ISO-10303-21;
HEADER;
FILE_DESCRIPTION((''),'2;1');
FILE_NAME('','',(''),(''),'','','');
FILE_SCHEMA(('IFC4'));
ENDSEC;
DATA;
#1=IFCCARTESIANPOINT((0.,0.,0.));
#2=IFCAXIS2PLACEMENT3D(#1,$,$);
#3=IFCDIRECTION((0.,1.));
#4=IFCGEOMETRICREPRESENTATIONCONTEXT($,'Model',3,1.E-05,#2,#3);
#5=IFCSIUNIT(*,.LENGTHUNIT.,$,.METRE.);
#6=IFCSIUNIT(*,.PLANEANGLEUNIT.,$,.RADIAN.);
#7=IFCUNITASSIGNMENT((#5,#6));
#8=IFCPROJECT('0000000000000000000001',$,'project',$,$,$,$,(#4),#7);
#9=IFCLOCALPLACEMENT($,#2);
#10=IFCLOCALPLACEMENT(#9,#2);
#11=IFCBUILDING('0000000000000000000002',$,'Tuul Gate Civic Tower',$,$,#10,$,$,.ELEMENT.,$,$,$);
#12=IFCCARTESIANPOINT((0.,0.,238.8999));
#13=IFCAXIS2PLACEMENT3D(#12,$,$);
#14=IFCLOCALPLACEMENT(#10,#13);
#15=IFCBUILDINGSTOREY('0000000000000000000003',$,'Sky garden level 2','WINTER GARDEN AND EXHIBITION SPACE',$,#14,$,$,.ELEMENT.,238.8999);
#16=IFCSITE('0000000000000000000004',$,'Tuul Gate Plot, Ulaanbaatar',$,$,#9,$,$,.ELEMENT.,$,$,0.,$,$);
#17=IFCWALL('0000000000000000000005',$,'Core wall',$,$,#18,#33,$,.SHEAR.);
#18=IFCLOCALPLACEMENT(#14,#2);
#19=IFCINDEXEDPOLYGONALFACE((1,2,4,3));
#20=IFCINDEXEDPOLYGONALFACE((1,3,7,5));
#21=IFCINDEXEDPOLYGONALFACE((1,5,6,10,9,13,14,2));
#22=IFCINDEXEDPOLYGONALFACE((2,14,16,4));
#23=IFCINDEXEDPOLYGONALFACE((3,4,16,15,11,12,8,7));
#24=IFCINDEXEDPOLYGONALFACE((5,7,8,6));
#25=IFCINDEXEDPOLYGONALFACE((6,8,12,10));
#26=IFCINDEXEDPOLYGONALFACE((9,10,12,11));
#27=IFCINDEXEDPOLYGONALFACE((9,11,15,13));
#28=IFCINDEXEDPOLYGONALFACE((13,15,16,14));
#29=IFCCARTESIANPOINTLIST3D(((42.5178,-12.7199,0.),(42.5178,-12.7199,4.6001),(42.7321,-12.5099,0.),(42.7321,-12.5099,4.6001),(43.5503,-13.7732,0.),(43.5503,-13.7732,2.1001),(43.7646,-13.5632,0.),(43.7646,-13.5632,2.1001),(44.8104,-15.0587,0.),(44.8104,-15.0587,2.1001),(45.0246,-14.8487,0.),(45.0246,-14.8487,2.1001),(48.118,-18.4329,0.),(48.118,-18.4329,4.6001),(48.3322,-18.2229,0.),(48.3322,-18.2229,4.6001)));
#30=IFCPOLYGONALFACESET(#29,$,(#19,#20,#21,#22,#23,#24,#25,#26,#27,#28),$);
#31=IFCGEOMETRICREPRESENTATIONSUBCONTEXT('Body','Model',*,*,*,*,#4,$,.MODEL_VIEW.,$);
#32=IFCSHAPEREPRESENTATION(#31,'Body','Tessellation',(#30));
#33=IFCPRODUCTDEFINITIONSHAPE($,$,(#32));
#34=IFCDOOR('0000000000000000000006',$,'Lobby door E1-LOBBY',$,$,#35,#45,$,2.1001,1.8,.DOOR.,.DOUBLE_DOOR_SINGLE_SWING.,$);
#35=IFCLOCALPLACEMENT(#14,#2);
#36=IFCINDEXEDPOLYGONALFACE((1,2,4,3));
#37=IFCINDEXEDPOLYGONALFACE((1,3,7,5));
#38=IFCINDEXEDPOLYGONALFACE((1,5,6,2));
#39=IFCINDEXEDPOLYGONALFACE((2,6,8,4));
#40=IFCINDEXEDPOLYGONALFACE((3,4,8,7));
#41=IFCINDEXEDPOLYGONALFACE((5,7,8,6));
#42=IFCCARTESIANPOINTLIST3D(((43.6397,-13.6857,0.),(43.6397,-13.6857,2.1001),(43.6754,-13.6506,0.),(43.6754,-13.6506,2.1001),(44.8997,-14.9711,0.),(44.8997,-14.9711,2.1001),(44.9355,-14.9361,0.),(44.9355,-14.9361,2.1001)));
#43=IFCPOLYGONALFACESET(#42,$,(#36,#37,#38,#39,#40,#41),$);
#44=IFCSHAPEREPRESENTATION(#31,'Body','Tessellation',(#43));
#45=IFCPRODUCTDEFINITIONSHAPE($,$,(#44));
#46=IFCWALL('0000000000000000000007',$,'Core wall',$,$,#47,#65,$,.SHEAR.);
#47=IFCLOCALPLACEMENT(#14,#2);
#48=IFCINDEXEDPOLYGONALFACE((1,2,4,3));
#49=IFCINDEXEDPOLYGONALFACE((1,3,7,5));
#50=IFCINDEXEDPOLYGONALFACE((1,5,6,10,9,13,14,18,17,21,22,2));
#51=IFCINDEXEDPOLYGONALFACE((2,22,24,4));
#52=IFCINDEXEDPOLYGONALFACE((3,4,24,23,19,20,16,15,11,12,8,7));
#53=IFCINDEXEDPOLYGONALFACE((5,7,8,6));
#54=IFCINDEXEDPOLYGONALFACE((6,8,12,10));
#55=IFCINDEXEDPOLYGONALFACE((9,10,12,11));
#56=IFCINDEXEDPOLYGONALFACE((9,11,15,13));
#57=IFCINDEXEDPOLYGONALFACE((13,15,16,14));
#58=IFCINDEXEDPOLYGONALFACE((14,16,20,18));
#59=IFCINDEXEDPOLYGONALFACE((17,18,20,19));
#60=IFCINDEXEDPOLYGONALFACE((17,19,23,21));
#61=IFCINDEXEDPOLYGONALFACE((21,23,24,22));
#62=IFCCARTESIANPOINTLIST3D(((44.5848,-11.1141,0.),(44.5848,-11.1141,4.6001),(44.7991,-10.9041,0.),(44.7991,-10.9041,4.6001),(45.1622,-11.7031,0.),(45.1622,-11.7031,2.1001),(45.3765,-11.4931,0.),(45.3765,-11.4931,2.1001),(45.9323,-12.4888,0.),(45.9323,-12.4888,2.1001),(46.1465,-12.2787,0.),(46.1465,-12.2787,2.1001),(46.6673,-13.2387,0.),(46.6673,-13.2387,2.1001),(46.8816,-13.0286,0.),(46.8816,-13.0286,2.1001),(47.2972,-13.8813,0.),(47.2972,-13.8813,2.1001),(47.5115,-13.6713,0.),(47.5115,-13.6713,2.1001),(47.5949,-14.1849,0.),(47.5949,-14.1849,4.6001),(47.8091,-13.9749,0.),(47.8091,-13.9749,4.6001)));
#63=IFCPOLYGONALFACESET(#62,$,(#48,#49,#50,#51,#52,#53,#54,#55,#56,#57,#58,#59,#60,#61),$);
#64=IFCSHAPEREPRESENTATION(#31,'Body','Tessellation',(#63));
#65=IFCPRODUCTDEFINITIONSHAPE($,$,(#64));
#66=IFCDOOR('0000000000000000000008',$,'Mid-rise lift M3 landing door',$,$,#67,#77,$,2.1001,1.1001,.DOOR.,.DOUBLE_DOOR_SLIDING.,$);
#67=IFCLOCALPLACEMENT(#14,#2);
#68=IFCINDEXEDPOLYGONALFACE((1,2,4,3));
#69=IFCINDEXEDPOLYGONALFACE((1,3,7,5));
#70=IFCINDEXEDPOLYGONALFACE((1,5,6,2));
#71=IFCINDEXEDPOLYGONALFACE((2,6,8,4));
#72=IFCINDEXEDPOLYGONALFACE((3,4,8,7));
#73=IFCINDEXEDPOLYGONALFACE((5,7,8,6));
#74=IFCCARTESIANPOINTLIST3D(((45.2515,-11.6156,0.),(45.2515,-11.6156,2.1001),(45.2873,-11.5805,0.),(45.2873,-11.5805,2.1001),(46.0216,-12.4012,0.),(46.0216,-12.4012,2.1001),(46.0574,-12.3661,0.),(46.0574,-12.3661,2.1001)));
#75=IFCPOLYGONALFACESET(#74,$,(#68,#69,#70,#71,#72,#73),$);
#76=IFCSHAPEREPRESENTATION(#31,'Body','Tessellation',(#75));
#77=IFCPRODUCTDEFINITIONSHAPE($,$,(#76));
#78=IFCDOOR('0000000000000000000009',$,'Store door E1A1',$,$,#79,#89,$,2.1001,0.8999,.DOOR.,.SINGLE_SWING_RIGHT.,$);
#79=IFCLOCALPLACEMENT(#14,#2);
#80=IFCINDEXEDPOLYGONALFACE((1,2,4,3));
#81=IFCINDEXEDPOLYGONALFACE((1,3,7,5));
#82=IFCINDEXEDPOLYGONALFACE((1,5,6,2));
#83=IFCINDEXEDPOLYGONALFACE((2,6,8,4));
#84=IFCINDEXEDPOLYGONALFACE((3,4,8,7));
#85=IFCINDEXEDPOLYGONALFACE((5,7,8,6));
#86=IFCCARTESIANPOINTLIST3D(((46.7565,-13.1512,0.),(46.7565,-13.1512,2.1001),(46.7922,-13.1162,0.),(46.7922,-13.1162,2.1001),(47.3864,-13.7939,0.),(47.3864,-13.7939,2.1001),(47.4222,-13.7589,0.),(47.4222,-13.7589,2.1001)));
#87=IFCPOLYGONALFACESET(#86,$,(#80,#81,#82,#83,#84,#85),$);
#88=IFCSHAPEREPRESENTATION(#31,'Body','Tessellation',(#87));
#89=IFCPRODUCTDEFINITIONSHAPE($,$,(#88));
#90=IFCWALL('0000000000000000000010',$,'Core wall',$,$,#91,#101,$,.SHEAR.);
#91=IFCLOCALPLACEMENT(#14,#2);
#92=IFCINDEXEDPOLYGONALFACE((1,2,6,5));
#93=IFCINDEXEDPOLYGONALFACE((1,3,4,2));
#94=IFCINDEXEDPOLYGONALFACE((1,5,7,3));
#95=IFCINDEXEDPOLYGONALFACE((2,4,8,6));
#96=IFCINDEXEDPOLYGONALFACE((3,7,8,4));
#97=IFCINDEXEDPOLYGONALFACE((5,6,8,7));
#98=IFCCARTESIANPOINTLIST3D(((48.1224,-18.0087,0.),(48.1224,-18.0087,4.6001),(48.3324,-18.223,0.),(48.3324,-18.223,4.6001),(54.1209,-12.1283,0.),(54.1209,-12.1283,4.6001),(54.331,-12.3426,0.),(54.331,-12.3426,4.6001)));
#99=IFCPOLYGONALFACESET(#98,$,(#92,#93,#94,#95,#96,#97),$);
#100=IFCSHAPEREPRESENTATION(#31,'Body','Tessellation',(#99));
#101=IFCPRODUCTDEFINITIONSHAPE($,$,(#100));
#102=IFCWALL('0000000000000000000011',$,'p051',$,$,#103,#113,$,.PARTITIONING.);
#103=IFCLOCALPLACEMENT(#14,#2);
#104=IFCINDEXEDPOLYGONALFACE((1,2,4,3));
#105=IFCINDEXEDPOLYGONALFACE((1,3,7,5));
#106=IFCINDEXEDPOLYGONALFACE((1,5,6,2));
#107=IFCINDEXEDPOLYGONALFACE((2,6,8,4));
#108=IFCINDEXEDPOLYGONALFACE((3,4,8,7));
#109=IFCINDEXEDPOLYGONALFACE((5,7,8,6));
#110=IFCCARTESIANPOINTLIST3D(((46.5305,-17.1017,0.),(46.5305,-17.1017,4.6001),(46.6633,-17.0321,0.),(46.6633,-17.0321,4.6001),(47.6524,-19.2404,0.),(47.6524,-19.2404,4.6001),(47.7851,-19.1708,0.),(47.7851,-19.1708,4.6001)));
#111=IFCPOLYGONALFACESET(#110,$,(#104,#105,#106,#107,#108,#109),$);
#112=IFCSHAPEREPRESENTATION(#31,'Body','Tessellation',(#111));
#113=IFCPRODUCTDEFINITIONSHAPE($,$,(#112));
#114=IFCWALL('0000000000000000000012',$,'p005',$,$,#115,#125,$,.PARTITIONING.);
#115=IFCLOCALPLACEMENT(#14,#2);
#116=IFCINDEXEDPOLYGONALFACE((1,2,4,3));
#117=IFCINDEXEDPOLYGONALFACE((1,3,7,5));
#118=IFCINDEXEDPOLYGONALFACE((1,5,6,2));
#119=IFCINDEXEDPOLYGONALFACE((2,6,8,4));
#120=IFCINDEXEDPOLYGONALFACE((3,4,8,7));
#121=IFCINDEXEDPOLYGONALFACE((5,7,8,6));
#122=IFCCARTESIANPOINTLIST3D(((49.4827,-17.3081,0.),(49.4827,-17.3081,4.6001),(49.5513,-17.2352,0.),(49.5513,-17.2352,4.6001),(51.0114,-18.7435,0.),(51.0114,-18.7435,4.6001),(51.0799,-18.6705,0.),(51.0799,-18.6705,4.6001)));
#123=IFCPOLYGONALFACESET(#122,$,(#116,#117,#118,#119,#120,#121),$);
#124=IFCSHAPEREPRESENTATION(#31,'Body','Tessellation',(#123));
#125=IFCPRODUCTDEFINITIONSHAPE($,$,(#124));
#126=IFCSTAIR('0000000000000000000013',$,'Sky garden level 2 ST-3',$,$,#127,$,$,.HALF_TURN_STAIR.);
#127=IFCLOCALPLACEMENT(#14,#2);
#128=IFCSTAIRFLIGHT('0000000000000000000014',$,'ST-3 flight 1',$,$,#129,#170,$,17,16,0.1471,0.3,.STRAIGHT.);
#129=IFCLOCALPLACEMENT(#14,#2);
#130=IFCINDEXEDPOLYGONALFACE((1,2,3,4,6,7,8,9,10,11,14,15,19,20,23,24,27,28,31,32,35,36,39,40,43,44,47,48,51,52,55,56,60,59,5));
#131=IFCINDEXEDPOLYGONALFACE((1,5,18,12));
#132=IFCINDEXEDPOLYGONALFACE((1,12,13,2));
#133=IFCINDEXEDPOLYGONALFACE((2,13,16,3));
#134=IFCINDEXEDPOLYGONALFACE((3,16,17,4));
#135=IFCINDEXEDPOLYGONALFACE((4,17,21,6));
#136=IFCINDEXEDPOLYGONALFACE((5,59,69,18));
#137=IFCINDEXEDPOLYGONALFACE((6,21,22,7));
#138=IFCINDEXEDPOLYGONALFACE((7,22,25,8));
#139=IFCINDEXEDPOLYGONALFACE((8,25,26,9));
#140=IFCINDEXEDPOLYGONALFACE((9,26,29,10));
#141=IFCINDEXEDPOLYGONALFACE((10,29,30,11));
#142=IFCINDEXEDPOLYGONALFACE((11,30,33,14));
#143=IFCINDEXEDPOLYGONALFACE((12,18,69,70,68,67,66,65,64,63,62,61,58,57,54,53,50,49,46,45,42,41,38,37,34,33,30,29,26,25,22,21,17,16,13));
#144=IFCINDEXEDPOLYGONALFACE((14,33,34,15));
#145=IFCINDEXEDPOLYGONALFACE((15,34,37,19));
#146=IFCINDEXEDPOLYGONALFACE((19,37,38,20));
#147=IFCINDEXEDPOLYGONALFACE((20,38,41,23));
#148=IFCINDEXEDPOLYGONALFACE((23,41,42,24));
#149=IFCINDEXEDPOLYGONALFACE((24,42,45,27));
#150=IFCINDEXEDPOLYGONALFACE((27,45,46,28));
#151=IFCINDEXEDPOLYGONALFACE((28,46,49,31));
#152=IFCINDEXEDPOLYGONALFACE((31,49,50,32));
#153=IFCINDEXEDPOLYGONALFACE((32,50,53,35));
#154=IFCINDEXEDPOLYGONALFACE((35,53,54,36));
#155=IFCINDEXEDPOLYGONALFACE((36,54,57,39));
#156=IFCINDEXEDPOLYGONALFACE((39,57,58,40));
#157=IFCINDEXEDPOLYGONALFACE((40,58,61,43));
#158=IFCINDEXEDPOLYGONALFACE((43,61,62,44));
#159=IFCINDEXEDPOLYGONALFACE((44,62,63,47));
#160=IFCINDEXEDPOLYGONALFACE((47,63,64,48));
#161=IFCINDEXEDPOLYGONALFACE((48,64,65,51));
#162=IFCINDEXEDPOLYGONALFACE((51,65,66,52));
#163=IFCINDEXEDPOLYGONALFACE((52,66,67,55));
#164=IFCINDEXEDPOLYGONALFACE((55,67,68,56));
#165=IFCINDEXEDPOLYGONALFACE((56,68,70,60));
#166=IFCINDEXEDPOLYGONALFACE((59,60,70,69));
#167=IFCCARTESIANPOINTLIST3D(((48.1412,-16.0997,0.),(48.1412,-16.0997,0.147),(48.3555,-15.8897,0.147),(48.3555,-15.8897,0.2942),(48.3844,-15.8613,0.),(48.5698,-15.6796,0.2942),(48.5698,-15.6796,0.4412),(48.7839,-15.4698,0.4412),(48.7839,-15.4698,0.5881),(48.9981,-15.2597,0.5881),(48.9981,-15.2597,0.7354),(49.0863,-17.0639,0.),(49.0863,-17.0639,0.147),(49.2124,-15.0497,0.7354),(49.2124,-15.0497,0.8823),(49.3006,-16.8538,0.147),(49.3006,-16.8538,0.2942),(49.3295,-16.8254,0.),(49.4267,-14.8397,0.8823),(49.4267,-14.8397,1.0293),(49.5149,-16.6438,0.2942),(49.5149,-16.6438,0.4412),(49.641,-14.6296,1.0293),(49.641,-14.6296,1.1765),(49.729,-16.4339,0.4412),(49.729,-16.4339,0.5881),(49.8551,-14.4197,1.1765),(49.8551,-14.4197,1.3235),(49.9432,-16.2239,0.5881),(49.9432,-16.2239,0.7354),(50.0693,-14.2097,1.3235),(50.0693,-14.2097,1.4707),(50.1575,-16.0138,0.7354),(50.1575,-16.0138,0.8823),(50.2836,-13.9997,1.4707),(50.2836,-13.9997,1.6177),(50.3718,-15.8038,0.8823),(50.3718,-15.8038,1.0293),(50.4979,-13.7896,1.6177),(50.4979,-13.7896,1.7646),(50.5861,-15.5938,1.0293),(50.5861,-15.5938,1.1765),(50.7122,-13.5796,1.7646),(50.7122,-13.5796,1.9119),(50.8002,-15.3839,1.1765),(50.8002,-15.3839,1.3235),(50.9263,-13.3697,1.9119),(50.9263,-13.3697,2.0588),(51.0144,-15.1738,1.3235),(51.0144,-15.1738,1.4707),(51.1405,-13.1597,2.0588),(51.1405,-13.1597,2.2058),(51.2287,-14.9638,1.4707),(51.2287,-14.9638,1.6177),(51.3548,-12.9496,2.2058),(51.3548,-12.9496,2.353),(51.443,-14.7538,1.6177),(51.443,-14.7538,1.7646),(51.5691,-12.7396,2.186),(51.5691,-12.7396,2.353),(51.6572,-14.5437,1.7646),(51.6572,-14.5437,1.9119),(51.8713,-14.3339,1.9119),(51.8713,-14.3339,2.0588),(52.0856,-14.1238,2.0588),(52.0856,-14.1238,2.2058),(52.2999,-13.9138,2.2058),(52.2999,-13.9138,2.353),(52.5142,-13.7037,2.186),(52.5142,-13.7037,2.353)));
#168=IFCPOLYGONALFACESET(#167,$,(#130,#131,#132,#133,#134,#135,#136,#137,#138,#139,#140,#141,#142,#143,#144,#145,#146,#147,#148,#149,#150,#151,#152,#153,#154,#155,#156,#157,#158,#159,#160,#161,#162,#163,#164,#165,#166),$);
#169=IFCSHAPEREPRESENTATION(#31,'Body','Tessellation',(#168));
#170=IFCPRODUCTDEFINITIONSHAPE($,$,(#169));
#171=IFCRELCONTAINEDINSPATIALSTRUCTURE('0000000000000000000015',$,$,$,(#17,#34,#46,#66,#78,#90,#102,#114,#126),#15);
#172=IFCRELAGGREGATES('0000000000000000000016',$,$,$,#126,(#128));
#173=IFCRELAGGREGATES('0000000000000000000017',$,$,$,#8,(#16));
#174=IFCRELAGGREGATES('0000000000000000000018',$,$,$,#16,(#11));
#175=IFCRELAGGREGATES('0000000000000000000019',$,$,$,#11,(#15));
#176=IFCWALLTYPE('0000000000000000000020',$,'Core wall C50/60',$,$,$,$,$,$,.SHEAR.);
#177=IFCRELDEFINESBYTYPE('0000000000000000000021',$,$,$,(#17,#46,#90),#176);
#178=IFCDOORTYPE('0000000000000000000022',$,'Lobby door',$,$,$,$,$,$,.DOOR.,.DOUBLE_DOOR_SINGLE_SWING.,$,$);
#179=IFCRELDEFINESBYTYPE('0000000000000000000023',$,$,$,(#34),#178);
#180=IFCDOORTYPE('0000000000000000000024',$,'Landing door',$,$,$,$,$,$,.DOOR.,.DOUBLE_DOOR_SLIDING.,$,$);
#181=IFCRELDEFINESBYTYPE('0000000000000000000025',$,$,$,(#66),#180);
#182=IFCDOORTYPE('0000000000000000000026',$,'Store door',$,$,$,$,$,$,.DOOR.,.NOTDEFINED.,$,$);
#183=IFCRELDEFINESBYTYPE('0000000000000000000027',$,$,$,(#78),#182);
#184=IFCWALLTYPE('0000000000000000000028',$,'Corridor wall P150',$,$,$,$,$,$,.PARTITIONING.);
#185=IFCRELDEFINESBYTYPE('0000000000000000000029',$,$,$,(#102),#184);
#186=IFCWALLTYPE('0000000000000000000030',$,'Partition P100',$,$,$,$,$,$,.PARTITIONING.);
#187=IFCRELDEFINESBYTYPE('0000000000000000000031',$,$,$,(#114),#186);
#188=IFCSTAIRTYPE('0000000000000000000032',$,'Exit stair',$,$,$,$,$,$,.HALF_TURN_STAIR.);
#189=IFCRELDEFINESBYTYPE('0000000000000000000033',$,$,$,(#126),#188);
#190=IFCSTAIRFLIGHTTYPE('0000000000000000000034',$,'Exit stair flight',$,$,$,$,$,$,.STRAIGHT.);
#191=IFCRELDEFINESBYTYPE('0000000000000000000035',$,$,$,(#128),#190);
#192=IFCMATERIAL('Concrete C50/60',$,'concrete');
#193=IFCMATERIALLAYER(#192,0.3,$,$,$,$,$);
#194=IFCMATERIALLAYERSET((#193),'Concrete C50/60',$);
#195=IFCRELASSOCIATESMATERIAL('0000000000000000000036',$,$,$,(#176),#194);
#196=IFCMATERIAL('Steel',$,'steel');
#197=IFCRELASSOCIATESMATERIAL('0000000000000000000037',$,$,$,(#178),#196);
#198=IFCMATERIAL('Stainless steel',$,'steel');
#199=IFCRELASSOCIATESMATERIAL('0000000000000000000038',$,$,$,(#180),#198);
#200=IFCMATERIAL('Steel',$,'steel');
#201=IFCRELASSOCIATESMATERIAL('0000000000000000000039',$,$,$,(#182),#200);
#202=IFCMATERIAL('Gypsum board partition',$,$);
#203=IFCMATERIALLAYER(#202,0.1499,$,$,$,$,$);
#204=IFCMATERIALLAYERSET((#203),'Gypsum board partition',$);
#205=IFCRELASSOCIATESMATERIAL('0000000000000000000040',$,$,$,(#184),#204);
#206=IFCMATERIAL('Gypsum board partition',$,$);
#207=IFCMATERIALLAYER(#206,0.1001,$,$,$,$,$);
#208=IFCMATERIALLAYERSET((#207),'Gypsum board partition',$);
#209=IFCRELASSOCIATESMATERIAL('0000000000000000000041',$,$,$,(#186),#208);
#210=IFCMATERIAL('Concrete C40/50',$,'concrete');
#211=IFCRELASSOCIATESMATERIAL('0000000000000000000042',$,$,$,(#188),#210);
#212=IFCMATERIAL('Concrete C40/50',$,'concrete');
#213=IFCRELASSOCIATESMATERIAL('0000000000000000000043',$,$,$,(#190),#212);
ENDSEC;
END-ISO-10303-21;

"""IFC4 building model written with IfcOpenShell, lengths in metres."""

from ifc_helpers import new_model, si_unit, direction, frame, frame_2d, origin, place, context, subcontext, project, spatial, polyline, rectangle, outline, extrude, material, layer, layer_set, type_object, element, fill, aggregate, save


model = new_model("IFC4")

# Units and contexts
model_context = context("Model", 3, precision=1e-05, world=origin(), true_north=direction((0.0, 1.0)))
body_context = subcontext(model_context, "Body", "Model", "MODEL_VIEW")
ifc_project = project(units=[si_unit("LENGTHUNIT", "METRE"), si_unit("PLANEANGLEUNIT", "RADIAN")], contexts=[model_context])

# Site, building, storey
site_placement = place(None, origin())
site = spatial("IfcSite", under=ifc_project, at=site_placement, Name="Tuul Gate Plot, Ulaanbaatar", CompositionType="ELEMENT", RefElevation=0.0)
building_placement = place(site_placement, origin())
building = spatial("IfcBuilding", under=site, at=building_placement, Name="Tuul Gate Civic Tower", CompositionType="ELEMENT")
storey_placement = place(building_placement, frame((0.0, 0.0, 238.8999)))
storey = spatial("IfcBuildingStorey", under=building, at=storey_placement, Name="Sky garden level 2", Description="WINTER GARDEN AND EXHIBITION SPACE", CompositionType="ELEMENT", Elevation=238.8999)

# Wall, opening, door
ifc_material_1 = material(Name="Concrete C50/60", Category="concrete")
ifc_layer_1 = layer(ifc_material_1, 0.3)
ifc_layer_set_1 = layer_set([ifc_layer_1], Name="Concrete C50/60")
wall_type_1 = type_object("IfcWallType", Name="Core wall C50/60", PredefinedType="SHEAR", material=ifc_layer_set_1)
wall_1_placement = place(storey_placement, frame((48.2251, -18.3279, 0.0), z_axis=(0.0, 0.0, 1.0), x_axis=(-0.700022, 0.714121, 0.0)))
wall_1 = element("IfcWall", 1, at=wall_1_placement, inside=storey, type_object=wall_type_1, Name="Core wall", PredefinedType="SHEAR", context=body_context, shape_type="SweptSolid", body=[
    extrude(rectangle(XDim=8.0, YDim=0.3, at=frame_2d((4.0, 0.0))), origin(), (0.0, 0.0, 1.0), 4.6001),
])
opening_1_placement = place(wall_1_placement, frame((4.7251, 0.0, 0.0)))
opening_1 = element("IfcOpeningElement", 2, at=opening_1_placement, cuts=wall_1, PredefinedType="OPENING", context=body_context, shape_type="SweptSolid", body=[
    extrude(rectangle(XDim=1.8, YDim=2.1001, at=frame_2d((0.8999, 1.05))), frame((0.0, 0.1602, 0.0), z_axis=(0.0, -1.0, 0.0), x_axis=(1.0, 0.0, 0.0)), (0.0, 0.0, 1.0), 0.3201),
])
ifc_material_2 = material(Name="Steel", Category="steel")
door_type_1 = type_object("IfcDoorType", Name="Lobby door", OperationType="DOUBLE_DOOR_SINGLE_SWING", PredefinedType="DOOR", material=ifc_material_2)
door_1_placement = place(opening_1_placement, origin())
door_1 = element("IfcDoor", 3, at=door_1_placement, inside=storey, type_object=door_type_1, Name="Lobby door E1-LOBBY", OperationType="DOUBLE_DOOR_SINGLE_SWING", OverallHeight=2.1001, OverallWidth=1.8, PredefinedType="DOOR", context=body_context, shape_type="SweptSolid", body=[
    extrude(rectangle(XDim=1.8, YDim=2.1001, at=frame_2d((0.8999, 1.05))), frame((0.0, 0.0249, 0.0), z_axis=(0.0, -1.0, 0.0), x_axis=(1.0, 0.0, 0.0)), (0.0, 0.0, 1.0), 0.05),
])
fill(opening_1, door_1)

# Wall, openings, doors
wall_2_placement = place(storey_placement, frame((47.7019, -14.0798, 0.0), z_axis=(0.0, 0.0, 1.0), x_axis=(-0.700003, 0.71414, 0.0)))
wall_2 = element("IfcWall", 4, at=wall_2_placement, inside=storey, type_object=wall_type_1, Name="Core wall", PredefinedType="SHEAR", context=body_context, shape_type="SweptSolid", body=[
    extrude(rectangle(XDim=4.3, YDim=0.3, at=frame_2d((2.1499, 0.0))), origin(), (0.0, 0.0, 1.0), 4.6001),
])
opening_2_placement = place(wall_2_placement, frame((0.425, 0.0, 0.0)))
opening_2 = element("IfcOpeningElement", 5, at=opening_2_placement, cuts=wall_2, PredefinedType="OPENING", context=body_context, shape_type="SweptSolid", body=[
    extrude(rectangle(XDim=0.8999, YDim=2.1001, at=frame_2d((0.45, 1.05))), frame((0.0, 0.1602, 0.0), z_axis=(0.0, -1.0, 0.0), x_axis=(1.0, 0.0, 0.0)), (0.0, 0.0, 1.0), 0.3201),
])
opening_3_placement = place(wall_2_placement, frame((2.375, 0.0, 0.0)))
opening_3 = element("IfcOpeningElement", 6, at=opening_3_placement, cuts=wall_2, PredefinedType="OPENING", context=body_context, shape_type="SweptSolid", body=[
    extrude(rectangle(XDim=1.1001, YDim=2.1001, at=frame_2d((0.55, 1.05))), frame((0.0, 0.1602, 0.0), z_axis=(0.0, -1.0, 0.0), x_axis=(1.0, 0.0, 0.0)), (0.0, 0.0, 1.0), 0.3201),
])
ifc_material_3 = material(Name="Stainless steel", Category="steel")
door_type_2 = type_object("IfcDoorType", Name="Landing door", OperationType="DOUBLE_DOOR_SLIDING", PredefinedType="DOOR", material=ifc_material_3)
door_2_placement = place(opening_3_placement, origin())
door_2 = element("IfcDoor", 7, at=door_2_placement, inside=storey, type_object=door_type_2, Name="Mid-rise lift M3 landing door", OperationType="DOUBLE_DOOR_SLIDING", OverallHeight=2.1001, OverallWidth=1.1001, PredefinedType="DOOR", context=body_context, shape_type="SweptSolid", body=[
    extrude(rectangle(XDim=1.1001, YDim=2.1001, at=frame_2d((0.55, 1.05))), frame((0.0, 0.0249, 0.0), z_axis=(0.0, -1.0, 0.0), x_axis=(1.0, 0.0, 0.0)), (0.0, 0.0, 1.0), 0.05),
])
fill(opening_3, door_2)
ifc_material_4 = material(Name="Steel", Category="steel")
door_type_3 = type_object("IfcDoorType", Name="Store door", OperationType="NOTDEFINED", PredefinedType="DOOR", material=ifc_material_4)
door_3_placement = place(opening_2_placement, frame((0.8999, 0.0, 0.0), z_axis=(0.0, 0.0, 1.0), x_axis=(-1.0, 0.0, 0.0)))
door_3 = element("IfcDoor", 8, at=door_3_placement, inside=storey, type_object=door_type_3, Name="Store door E1A1", OperationType="SINGLE_SWING_RIGHT", OverallHeight=2.1001, OverallWidth=0.8999, PredefinedType="DOOR", context=body_context, shape_type="SweptSolid", body=[
    extrude(rectangle(XDim=0.8999, YDim=2.1001, at=frame_2d((0.45, 1.05))), frame((0.0, 0.0249, 0.0), z_axis=(0.0, -1.0, 0.0), x_axis=(1.0, 0.0, 0.0)), (0.0, 0.0, 1.0), 0.05),
])
fill(opening_2, door_3)

# Walls
wall_3_placement = place(storey_placement, frame((48.2273, -18.116, 0.0), z_axis=(0.0, 0.0, 1.0), x_axis=(0.714105, 0.700038, 0.0)))
element("IfcWall", 9, at=wall_3_placement, inside=storey, type_object=wall_type_1, Name="Core wall", PredefinedType="SHEAR", context=body_context, shape_type="SweptSolid", body=[
    extrude(rectangle(XDim=8.4001, YDim=0.3, at=frame_2d((4.2002, 0.0))), origin(), (0.0, 0.0, 1.0), 4.6001),
])
ifc_material_5 = material(Name="Gypsum board partition")
ifc_layer_2 = layer(ifc_material_5, 0.1499)
ifc_layer_set_2 = layer_set([ifc_layer_2], Name="Gypsum board partition")
wall_type_2 = type_object("IfcWallType", Name="Corridor wall P150", PredefinedType="PARTITIONING", material=ifc_layer_set_2)
wall_4_placement = place(storey_placement, frame((46.5969, -17.0669, 0.0), z_axis=(0.0, 0.0, 1.0), x_axis=(0.464517, -0.885564, 0.0)))
element("IfcWall", 10, at=wall_4_placement, inside=storey, type_object=wall_type_2, Name="p051", PredefinedType="PARTITIONING", context=body_context, shape_type="SweptSolid", body=[
    extrude(rectangle(XDim=2.415, YDim=0.1499, at=frame_2d((1.2075, 0.0))), origin(), (0.0, 0.0, 1.0), 4.6001),
])
ifc_material_6 = material(Name="Gypsum board partition")
ifc_layer_3 = layer(ifc_material_6, 0.1001)
ifc_layer_set_3 = layer_set([ifc_layer_3], Name="Gypsum board partition")
wall_type_3 = type_object("IfcWallType", Name="Partition P100", PredefinedType="PARTITIONING", material=ifc_layer_set_3)
wall_5_placement = place(storey_placement, frame((49.5171, -17.2717, 0.0), z_axis=(0.0, 0.0, 1.0), x_axis=(0.728996, -0.684518, 0.0)))
element("IfcWall", 11, at=wall_5_placement, inside=storey, type_object=wall_type_3, Name="p005", PredefinedType="PARTITIONING", context=body_context, shape_type="SweptSolid", body=[
    extrude(rectangle(XDim=2.0969, YDim=0.1001, at=frame_2d((1.0483, 0.0))), origin(), (0.0, 0.0, 1.0), 4.6001),
])

# Stair, stair flight
ifc_material_7 = material(Name="Concrete C40/50", Category="concrete")
stair_type = type_object("IfcStairType", Name="Exit stair", PredefinedType="HALF_TURN_STAIR", material=ifc_material_7)
stair_placement = place(storey_placement, origin())
stair = element("IfcStair", 12, at=stair_placement, inside=storey, type_object=stair_type, Name="Sky garden level 2 ST-3", PredefinedType="HALF_TURN_STAIR")
ifc_material_8 = material(Name="Concrete C40/50", Category="concrete")
stair_flight_type = type_object("IfcStairFlightType", Name="Exit stair flight", PredefinedType="STRAIGHT", material=ifc_material_8)
stair_flight_placement = place(storey_placement, frame((48.6138, -16.5818, 0.0), z_axis=(0.0, 0.0, 1.0), x_axis=(0.714127, 0.700016, 0.0)))
stair_flight = element("IfcStairFlight", 13, at=stair_flight_placement, type_object=stair_flight_type, Name="ST-3 flight 1", NumberOfRisers=17, NumberOfTreads=16, PredefinedType="STRAIGHT", RiserHeight=0.1471, TreadLength=0.3, context=body_context, shape_type="SweptSolid", body=[
    extrude(outline(polyline([(0.0, 0.0), (0.0, 0.147), (0.3, 0.147), (0.3, 0.2942), (0.6001, 0.2942), (0.6001, 0.4412), (0.8999, 0.4412), (0.8999, 0.5881), (1.2, 0.5881), (1.2, 0.7354), (1.5, 0.7354), (1.5, 0.8823), (1.8, 0.8823), (1.8, 1.0293), (2.1001, 1.0293), (2.1001, 1.1765), (2.3999, 1.1765), (2.3999, 1.3235), (2.7, 1.3235), (2.7, 1.4707), (3.0, 1.4707), (3.0, 1.6177), (3.3, 1.6177), (3.3, 1.7646), (3.6001, 1.7646), (3.6001, 1.9119), (3.8999, 1.9119), (3.8999, 2.0588), (4.2, 2.0588), (4.2, 2.2058), (4.5, 2.2058), (4.5, 2.353), (4.8, 2.353), (4.8, 2.5), (4.8, 2.186), (0.3406, 0.0), (0.0, 0.0)])), frame((0.0, 0.675, 0.0), z_axis=(0.0, -1.0, 0.0), x_axis=(1.0, 0.0, 0.0)), (0.0, 0.0, 1.0), 1.3501),
])
aggregate(stair, [stair_flight])

save(model, "model.ifc")
